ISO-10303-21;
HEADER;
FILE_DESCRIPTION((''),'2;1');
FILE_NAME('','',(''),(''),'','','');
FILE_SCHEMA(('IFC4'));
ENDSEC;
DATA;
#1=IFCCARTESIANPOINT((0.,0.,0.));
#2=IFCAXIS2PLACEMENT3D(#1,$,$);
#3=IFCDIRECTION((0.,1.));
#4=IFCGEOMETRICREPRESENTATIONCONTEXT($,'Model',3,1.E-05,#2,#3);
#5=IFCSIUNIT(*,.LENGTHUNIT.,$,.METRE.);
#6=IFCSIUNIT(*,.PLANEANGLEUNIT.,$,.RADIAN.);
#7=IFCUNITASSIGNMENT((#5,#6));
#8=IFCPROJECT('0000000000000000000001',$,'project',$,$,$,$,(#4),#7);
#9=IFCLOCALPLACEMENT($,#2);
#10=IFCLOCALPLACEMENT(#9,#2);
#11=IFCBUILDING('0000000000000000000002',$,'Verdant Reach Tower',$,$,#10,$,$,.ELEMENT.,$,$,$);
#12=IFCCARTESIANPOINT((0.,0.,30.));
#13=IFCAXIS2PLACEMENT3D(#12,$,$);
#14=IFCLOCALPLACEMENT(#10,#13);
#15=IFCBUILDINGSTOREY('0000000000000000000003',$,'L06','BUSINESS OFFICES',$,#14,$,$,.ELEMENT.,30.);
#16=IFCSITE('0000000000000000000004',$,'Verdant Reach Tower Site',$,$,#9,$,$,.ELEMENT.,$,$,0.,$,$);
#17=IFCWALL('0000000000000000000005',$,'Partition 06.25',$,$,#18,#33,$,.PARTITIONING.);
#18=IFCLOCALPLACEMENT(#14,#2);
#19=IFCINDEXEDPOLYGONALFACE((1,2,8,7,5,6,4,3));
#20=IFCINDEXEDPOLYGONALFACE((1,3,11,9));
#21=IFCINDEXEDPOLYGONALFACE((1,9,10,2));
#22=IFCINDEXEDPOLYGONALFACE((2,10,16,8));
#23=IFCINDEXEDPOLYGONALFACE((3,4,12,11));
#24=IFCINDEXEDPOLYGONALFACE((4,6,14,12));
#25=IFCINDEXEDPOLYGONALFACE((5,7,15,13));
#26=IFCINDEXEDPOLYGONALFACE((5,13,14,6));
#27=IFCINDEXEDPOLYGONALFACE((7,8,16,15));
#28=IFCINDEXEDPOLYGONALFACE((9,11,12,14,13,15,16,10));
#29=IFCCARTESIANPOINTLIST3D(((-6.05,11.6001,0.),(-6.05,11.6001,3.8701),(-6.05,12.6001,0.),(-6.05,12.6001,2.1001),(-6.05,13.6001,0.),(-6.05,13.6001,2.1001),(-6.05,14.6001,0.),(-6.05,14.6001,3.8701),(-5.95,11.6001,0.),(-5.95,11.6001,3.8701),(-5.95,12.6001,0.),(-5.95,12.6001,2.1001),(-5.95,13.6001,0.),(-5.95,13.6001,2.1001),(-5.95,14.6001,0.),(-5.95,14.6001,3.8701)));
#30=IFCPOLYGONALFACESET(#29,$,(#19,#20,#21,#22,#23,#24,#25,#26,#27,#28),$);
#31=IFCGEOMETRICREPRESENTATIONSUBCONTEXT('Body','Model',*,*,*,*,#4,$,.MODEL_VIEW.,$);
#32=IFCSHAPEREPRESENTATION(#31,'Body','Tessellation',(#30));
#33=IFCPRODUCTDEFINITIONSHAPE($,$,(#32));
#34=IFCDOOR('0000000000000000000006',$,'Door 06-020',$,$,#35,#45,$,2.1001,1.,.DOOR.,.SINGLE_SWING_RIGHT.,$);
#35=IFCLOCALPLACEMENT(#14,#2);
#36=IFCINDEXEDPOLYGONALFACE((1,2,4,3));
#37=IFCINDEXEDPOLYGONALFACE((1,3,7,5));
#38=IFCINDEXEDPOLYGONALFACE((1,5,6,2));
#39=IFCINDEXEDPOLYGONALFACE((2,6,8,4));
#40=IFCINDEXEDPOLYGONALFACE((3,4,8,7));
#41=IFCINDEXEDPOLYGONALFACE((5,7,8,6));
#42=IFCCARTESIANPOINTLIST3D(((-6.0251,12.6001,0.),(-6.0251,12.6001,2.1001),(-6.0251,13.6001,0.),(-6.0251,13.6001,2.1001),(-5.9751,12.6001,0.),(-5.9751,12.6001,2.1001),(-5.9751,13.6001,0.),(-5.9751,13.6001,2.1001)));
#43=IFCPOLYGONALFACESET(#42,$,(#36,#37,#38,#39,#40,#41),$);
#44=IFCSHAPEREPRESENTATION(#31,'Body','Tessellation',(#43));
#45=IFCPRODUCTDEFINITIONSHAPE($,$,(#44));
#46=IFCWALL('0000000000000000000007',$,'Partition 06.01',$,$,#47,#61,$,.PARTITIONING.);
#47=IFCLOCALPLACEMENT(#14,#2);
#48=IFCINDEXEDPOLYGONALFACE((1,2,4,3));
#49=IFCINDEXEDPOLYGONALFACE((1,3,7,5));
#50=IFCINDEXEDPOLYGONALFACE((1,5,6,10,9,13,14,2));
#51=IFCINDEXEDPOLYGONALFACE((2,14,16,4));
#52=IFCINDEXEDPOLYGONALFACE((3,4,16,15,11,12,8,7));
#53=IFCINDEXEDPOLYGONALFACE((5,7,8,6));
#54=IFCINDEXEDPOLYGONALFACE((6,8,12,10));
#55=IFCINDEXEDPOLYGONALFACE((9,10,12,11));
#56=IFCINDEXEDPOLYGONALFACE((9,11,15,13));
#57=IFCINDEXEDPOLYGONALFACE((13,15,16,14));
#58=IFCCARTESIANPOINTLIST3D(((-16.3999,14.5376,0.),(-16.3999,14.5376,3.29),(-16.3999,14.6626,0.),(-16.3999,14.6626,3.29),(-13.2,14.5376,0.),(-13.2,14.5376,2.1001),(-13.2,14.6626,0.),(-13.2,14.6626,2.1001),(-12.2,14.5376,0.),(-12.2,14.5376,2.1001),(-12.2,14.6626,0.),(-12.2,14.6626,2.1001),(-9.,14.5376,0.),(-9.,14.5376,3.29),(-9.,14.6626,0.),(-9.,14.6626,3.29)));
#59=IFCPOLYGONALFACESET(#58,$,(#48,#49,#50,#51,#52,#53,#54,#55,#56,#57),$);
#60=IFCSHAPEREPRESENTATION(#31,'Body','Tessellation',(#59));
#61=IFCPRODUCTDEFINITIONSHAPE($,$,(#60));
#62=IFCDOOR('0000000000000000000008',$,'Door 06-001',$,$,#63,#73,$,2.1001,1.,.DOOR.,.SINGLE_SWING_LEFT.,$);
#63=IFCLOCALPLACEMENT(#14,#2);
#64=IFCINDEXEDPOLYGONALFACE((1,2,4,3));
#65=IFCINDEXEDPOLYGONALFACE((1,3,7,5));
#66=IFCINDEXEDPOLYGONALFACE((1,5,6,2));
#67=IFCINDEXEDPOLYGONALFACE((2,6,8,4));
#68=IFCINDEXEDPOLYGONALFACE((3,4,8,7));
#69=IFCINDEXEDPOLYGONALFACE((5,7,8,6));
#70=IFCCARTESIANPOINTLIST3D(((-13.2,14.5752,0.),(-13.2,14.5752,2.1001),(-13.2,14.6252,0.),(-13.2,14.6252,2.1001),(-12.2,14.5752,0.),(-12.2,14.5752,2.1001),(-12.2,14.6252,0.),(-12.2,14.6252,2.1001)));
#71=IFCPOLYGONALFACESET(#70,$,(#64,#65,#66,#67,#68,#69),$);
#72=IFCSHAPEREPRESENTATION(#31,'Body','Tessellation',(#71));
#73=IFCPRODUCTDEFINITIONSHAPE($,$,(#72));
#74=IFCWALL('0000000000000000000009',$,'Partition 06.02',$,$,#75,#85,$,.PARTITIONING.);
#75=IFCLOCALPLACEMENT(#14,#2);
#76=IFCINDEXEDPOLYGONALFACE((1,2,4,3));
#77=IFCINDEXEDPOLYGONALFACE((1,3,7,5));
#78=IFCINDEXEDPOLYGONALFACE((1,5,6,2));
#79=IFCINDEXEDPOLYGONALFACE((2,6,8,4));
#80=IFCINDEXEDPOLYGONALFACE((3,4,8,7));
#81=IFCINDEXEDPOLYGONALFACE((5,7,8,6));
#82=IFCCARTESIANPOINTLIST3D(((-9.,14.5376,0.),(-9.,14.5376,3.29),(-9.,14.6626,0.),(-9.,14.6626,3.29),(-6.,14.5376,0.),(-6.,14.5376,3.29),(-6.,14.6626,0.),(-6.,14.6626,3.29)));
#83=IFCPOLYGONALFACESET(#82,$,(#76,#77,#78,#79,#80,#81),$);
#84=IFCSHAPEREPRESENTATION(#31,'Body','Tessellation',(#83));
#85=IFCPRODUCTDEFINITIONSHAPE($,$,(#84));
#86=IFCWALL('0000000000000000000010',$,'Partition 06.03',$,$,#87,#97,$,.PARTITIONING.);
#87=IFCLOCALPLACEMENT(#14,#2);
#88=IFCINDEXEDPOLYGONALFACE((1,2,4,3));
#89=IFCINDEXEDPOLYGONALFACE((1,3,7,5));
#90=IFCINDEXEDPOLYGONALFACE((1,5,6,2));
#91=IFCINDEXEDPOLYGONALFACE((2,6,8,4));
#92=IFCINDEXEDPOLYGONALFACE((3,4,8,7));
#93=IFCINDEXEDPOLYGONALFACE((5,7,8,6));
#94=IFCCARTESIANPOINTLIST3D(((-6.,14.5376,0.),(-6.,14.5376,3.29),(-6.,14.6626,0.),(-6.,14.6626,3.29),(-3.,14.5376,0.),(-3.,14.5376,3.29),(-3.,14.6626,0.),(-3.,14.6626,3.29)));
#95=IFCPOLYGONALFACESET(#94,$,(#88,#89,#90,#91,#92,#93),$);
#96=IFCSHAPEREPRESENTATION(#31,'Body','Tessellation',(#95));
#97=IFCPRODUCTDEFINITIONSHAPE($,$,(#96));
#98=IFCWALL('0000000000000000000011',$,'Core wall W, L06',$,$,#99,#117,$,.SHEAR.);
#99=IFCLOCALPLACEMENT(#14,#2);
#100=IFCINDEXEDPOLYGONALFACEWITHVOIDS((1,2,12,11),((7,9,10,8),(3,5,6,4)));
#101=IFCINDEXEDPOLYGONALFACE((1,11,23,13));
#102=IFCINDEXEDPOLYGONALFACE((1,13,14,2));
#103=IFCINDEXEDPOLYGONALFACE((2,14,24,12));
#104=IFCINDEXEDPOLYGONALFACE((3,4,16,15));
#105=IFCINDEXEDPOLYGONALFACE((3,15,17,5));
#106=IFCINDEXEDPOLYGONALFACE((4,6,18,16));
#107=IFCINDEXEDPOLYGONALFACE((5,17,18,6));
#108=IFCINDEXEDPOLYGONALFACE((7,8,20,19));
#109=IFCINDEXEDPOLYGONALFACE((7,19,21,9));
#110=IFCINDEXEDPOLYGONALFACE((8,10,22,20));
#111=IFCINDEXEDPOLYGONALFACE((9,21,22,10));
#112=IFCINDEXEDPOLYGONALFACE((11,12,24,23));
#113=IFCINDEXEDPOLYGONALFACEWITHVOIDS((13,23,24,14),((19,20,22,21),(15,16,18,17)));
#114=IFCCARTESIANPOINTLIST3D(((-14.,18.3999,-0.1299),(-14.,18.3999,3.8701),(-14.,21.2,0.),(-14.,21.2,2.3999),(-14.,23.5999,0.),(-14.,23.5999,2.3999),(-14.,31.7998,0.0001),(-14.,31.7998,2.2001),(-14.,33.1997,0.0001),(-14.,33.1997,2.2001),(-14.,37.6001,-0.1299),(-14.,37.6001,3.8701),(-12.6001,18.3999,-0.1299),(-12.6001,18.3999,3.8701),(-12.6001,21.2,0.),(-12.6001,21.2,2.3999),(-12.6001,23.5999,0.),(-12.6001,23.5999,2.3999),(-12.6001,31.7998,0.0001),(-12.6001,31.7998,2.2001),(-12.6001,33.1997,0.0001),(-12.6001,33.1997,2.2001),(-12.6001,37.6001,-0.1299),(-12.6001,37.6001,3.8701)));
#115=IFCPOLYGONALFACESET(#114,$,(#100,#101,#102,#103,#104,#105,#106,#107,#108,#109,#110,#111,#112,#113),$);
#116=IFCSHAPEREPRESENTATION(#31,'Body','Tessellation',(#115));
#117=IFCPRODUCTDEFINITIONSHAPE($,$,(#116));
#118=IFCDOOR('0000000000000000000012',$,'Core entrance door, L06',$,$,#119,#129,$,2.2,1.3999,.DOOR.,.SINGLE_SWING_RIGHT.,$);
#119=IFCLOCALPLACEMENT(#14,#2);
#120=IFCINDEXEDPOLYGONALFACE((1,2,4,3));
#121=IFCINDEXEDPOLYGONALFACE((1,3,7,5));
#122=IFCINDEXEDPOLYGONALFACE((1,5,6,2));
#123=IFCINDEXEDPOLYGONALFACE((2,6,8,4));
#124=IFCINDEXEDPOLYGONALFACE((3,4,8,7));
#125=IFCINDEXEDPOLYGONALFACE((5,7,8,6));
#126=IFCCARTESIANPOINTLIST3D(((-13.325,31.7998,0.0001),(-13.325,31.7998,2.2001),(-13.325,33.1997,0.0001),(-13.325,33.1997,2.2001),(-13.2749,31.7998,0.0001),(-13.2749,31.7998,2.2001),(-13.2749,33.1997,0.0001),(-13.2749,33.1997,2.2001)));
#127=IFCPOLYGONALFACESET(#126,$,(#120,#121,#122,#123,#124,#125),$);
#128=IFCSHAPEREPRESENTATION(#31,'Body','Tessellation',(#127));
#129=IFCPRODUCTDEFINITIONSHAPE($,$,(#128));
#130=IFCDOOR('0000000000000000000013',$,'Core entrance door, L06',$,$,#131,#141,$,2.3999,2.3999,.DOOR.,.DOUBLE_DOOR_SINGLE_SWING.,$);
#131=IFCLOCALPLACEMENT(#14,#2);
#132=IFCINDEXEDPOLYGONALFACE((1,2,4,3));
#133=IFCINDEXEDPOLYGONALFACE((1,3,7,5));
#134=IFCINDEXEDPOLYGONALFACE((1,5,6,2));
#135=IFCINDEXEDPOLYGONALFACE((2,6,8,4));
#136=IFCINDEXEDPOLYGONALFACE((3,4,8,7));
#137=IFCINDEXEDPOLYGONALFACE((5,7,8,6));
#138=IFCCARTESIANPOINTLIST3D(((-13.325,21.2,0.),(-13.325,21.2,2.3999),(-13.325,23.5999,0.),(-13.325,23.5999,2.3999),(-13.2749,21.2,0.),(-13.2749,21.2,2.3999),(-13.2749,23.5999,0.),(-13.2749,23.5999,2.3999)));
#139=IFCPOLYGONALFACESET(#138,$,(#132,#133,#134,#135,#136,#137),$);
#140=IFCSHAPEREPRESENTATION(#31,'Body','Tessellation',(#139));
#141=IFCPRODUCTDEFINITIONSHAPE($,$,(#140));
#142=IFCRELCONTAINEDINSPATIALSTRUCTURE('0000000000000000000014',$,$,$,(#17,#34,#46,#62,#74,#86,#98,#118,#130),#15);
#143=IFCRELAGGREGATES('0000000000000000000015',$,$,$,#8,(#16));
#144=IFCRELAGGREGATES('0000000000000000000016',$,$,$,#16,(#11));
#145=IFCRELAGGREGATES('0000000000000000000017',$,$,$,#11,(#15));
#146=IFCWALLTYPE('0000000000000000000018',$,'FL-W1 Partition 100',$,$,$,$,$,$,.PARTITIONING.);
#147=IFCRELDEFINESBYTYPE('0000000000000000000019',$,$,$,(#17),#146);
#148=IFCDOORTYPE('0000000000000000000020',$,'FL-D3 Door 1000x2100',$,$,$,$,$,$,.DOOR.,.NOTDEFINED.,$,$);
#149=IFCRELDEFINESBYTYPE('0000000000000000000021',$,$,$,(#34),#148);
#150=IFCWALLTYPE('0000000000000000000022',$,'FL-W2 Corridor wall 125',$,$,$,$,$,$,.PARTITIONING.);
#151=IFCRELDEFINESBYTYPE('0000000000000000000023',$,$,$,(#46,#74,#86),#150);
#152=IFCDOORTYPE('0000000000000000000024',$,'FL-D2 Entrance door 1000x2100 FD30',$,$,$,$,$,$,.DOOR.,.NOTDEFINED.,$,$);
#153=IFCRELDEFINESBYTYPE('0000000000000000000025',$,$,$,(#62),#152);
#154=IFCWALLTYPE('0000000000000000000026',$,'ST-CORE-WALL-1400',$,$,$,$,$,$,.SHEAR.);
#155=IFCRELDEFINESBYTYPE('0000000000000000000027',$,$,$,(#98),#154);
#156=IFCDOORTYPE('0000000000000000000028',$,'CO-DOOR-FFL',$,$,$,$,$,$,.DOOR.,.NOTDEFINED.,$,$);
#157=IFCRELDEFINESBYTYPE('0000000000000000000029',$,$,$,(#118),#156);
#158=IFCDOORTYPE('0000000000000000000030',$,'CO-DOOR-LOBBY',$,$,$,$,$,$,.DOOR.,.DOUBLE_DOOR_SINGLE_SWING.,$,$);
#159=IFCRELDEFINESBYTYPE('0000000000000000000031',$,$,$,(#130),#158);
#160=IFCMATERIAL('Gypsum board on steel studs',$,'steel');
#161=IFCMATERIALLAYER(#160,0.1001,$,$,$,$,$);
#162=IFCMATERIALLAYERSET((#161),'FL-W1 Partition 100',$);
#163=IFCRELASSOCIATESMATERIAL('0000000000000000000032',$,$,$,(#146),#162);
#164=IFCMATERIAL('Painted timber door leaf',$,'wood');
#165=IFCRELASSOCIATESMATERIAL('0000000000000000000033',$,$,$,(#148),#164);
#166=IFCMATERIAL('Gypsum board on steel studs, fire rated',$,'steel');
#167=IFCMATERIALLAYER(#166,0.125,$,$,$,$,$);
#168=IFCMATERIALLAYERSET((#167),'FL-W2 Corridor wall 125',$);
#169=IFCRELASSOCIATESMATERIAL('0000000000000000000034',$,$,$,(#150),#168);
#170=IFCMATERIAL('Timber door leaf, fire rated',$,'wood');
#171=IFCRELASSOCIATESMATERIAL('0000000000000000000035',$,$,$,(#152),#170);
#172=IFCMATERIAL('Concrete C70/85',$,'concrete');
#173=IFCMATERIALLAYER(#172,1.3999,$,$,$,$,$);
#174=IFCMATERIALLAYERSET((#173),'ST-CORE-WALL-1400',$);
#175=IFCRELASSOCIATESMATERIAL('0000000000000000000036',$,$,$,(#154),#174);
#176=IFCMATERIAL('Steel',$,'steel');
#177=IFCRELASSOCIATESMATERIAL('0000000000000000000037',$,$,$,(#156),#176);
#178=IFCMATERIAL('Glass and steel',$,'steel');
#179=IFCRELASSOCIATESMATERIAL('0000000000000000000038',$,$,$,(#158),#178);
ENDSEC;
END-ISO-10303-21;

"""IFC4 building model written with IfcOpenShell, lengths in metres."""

from ifc_helpers import new_model, si_unit, direction, frame, frame_2d, origin, place, context, subcontext, project, spatial, rectangle, extrude, material, layer, layer_set, type_object, element, fill, save


model = new_model("IFC4")

# Units and contexts
model_context = context("Model", 3, precision=1e-05, world=origin(), true_north=direction((0.0, 1.0)))
body_context = subcontext(model_context, "Body", "Model", "MODEL_VIEW")
ifc_project = project(units=[si_unit("LENGTHUNIT", "METRE"), si_unit("PLANEANGLEUNIT", "RADIAN")], contexts=[model_context])

# Site, building, storey
site_placement = place(None, origin())
site = spatial("IfcSite", under=ifc_project, at=site_placement, Name="Verdant Reach Tower Site", CompositionType="ELEMENT", RefElevation=0.0)
building_placement = place(site_placement, origin())
building = spatial("IfcBuilding", under=site, at=building_placement, Name="Verdant Reach Tower", CompositionType="ELEMENT")
storey_placement = place(building_placement, frame((0.0, 0.0, 30.0)))
storey = spatial("IfcBuildingStorey", under=building, at=storey_placement, Name="L06", Description="BUSINESS OFFICES", CompositionType="ELEMENT", Elevation=30.0)

# Shared definitions
ifc_material_1 = material(Name="Gypsum board on steel studs", Category="steel")

# Walls, openings, doors
ifc_layer_1 = layer(ifc_material_1, 0.1001)
ifc_layer_set_1 = layer_set([ifc_layer_1], Name="FL-W1 Partition 100")
wall_type_1 = type_object("IfcWallType", Name="FL-W1 Partition 100", PredefinedType="PARTITIONING", material=ifc_layer_set_1)
ifc_material_2 = material(Name="Painted timber door leaf", Category="wood")
door_type_1 = type_object("IfcDoorType", Name="FL-D3 Door 1000x2100", OperationType="NOTDEFINED", PredefinedType="DOOR", material=ifc_material_2)
wall_1_placement = place(storey_placement, frame((-6.0, 14.6001, 0.0), z_axis=(0.0, 0.0, 1.0), x_axis=(0.0, -1.0, 0.0)))
wall_1 = element("IfcWall", 1, at=wall_1_placement, inside=storey, type_object=wall_type_1, Name="Partition 06.25", PredefinedType="PARTITIONING", context=body_context, shape_type="SweptSolid", body=[
    extrude(rectangle(XDim=3.0, YDim=0.1001, at=frame_2d((1.5, 0.0))), origin(), (0.0, 0.0, 1.0), 3.8701),
])
opening_1_placement = place(wall_1_placement, frame((1.0, 0.0, 0.0)))
opening_1 = element("IfcOpeningElement", 2, at=opening_1_placement, cuts=wall_1, PredefinedType="OPENING", context=body_context, shape_type="SweptSolid", body=[
    extrude(rectangle(XDim=1.0, YDim=2.1001, at=frame_2d((0.5, 1.05))), frame((0.0, 0.0601, 0.0), z_axis=(0.0, -1.0, 0.0), x_axis=(1.0, 0.0, 0.0)), (0.0, 0.0, 1.0), 0.1201),
])
door_1_placement = place(opening_1_placement, origin())
door_1 = element("IfcDoor", 3, at=door_1_placement, inside=storey, type_object=door_type_1, Name="Door 06-020", OperationType="SINGLE_SWING_RIGHT", OverallHeight=2.1001, OverallWidth=1.0, PredefinedType="DOOR", context=body_context, shape_type="SweptSolid", body=[
    extrude(rectangle(XDim=1.0, YDim=2.1001, at=frame_2d((0.5, 1.05))), frame((0.0, 0.0249, 0.0), z_axis=(0.0, -1.0, 0.0), x_axis=(1.0, 0.0, 0.0)), (0.0, 0.0, 1.0), 0.05),
])
fill(opening_1, door_1)
ifc_material_3 = material(Name="Gypsum board on steel studs, fire rated", Category="steel")
ifc_layer_2 = layer(ifc_material_3, 0.125)
ifc_layer_set_2 = layer_set([ifc_layer_2], Name="FL-W2 Corridor wall 125")
wall_type_2 = type_object("IfcWallType", Name="FL-W2 Corridor wall 125", PredefinedType="PARTITIONING", material=ifc_layer_set_2)
wall_2_placement = place(storey_placement, frame((-9.0, 14.6001, 0.0), z_axis=(0.0, 0.0, 1.0), x_axis=(-1.0, 0.0, 0.0)))
wall_2 = element("IfcWall", 4, at=wall_2_placement, inside=storey, type_object=wall_type_2, Name="Partition 06.01", PredefinedType="PARTITIONING", context=body_context, shape_type="SweptSolid", body=[
    extrude(rectangle(XDim=7.3999, YDim=0.125, at=frame_2d((3.7, 0.0))), origin(), (0.0, 0.0, 1.0), 3.29),
])
opening_2_placement = place(wall_2_placement, frame((3.2, 0.0, 0.0)))
opening_2 = element("IfcOpeningElement", 5, at=opening_2_placement, cuts=wall_2, PredefinedType="OPENING", context=body_context, shape_type="SweptSolid", body=[
    extrude(rectangle(XDim=1.0, YDim=2.1001, at=frame_2d((0.5, 1.05))), frame((0.0, 0.0725, 0.0), z_axis=(0.0, -1.0, 0.0), x_axis=(1.0, 0.0, 0.0)), (0.0, 0.0, 1.0), 0.145),
])
ifc_material_4 = material(Name="Timber door leaf, fire rated", Category="wood")
door_type_2 = type_object("IfcDoorType", Name="FL-D2 Entrance door 1000x2100 FD30", OperationType="NOTDEFINED", PredefinedType="DOOR", material=ifc_material_4)
door_2_placement = place(opening_2_placement, origin())
door_2 = element("IfcDoor", 6, at=door_2_placement, inside=storey, type_object=door_type_2, Name="Door 06-001", OperationType="SINGLE_SWING_LEFT", OverallHeight=2.1001, OverallWidth=1.0, PredefinedType="DOOR", context=body_context, shape_type="SweptSolid", body=[
    extrude(rectangle(XDim=1.0, YDim=2.1001, at=frame_2d((0.5, 1.05))), frame((0.0, 0.0249, 0.0), z_axis=(0.0, -1.0, 0.0), x_axis=(1.0, 0.0, 0.0)), (0.0, 0.0, 1.0), 0.05),
])
fill(opening_2, door_2)

# Walls
for number, where, z_axis, x_axis, name in (
    (7, (-9.0, 14.6001, 0.0), (0.0, 0.0, 1.0), (1.0, 0.0, 0.0), "Partition 06.02"),
    (8, (-6.0, 14.6001, 0.0), (0.0, 0.0, 1.0), (1.0, 0.0, 0.0), "Partition 06.03"),
):
    element("IfcWall", number, at=place(storey_placement, frame(where, z_axis=z_axis, x_axis=x_axis)), inside=storey, type_object=wall_type_2, Name=name, PredefinedType="PARTITIONING", context=body_context, shape_type="SweptSolid", body=[
        extrude(rectangle(XDim=3.0, YDim=0.125, at=frame_2d((1.5, 0.0))), origin(), (0.0, 0.0, 1.0), 3.29),
    ])

# Wall, openings, doors
ifc_material_5 = material(Name="Concrete C70/85", Category="concrete")
ifc_layer_3 = layer(ifc_material_5, 1.3999)
ifc_layer_set_3 = layer_set([ifc_layer_3], Name="ST-CORE-WALL-1400")
wall_type_3 = type_object("IfcWallType", Name="ST-CORE-WALL-1400", PredefinedType="SHEAR", material=ifc_layer_set_3)
wall_3_placement = place(storey_placement, frame((-13.3, 18.3999, -0.1299), z_axis=(0.0, 0.0, 1.0), x_axis=(0.0, 1.0, 0.0)))
wall_3 = element("IfcWall", 9, at=wall_3_placement, inside=storey, type_object=wall_type_3, Name="Core wall W, L06", PredefinedType="SHEAR", context=body_context, shape_type="SweptSolid", body=[
    extrude(rectangle(XDim=19.2002, YDim=1.3999, at=frame_2d((9.6001, 0.0))), origin(), (0.0, 0.0, 1.0), 4.0),
])
opening_3_placement = place(wall_3_placement, frame((2.8, 0.0, 0.1299)))
opening_3 = element("IfcOpeningElement", 10, at=opening_3_placement, cuts=wall_3, PredefinedType="OPENING", context=body_context, shape_type="SweptSolid", body=[
    extrude(rectangle(XDim=2.3999, YDim=2.3999, at=frame_2d((1.2, 1.2))), frame((0.0, 0.71, 0.0), z_axis=(0.0, -1.0, 0.0), x_axis=(1.0, 0.0, 0.0)), (0.0, 0.0, 1.0), 1.4199),
])
opening_4_placement = place(wall_3_placement, frame((13.3999, 0.0, 0.1299)))
opening_4 = element("IfcOpeningElement", 11, at=opening_4_placement, cuts=wall_3, PredefinedType="OPENING", context=body_context, shape_type="SweptSolid", body=[
    extrude(rectangle(XDim=1.3999, YDim=2.2, at=frame_2d((0.7, 1.1001))), frame((0.0, 0.71, 0.0), z_axis=(0.0, -1.0, 0.0), x_axis=(1.0, 0.0, 0.0)), (0.0, 0.0, 1.0), 1.4199),
])
ifc_material_6 = material(Name="Steel", Category="steel")
door_type_3 = type_object("IfcDoorType", Name="CO-DOOR-FFL", OperationType="NOTDEFINED", PredefinedType="DOOR", material=ifc_material_6)
door_3_placement = place(opening_4_placement, origin())
door_3 = element("IfcDoor", 12, at=door_3_placement, inside=storey, type_object=door_type_3, Name="Core entrance door, L06", OperationType="SINGLE_SWING_RIGHT", OverallHeight=2.2, OverallWidth=1.3999, PredefinedType="DOOR", context=body_context, shape_type="SweptSolid", body=[
    extrude(rectangle(XDim=1.3999, YDim=2.2, at=frame_2d((0.7, 1.1001))), frame((0.0, 0.0249, 0.0), z_axis=(0.0, -1.0, 0.0), x_axis=(1.0, 0.0, 0.0)), (0.0, 0.0, 1.0), 0.05),
])
fill(opening_4, door_3)
ifc_material_7 = material(Name="Glass and steel", Category="steel")
door_type_4 = type_object("IfcDoorType", Name="CO-DOOR-LOBBY", OperationType="DOUBLE_DOOR_SINGLE_SWING", PredefinedType="DOOR", material=ifc_material_7)
door_4_placement = place(opening_3_placement, origin())
door_4 = element("IfcDoor", 13, at=door_4_placement, inside=storey, type_object=door_type_4, Name="Core entrance door, L06", OperationType="DOUBLE_DOOR_SINGLE_SWING", OverallHeight=2.3999, OverallWidth=2.3999, PredefinedType="DOOR", context=body_context, shape_type="SweptSolid", body=[
    extrude(rectangle(XDim=2.3999, YDim=2.3999, at=frame_2d((1.2, 1.2))), frame((0.0, 0.0249, 0.0), z_axis=(0.0, -1.0, 0.0), x_axis=(1.0, 0.0, 0.0)), (0.0, 0.0, 1.0), 0.05),
])
fill(opening_3, door_4)

save(model, "model.ifc")
